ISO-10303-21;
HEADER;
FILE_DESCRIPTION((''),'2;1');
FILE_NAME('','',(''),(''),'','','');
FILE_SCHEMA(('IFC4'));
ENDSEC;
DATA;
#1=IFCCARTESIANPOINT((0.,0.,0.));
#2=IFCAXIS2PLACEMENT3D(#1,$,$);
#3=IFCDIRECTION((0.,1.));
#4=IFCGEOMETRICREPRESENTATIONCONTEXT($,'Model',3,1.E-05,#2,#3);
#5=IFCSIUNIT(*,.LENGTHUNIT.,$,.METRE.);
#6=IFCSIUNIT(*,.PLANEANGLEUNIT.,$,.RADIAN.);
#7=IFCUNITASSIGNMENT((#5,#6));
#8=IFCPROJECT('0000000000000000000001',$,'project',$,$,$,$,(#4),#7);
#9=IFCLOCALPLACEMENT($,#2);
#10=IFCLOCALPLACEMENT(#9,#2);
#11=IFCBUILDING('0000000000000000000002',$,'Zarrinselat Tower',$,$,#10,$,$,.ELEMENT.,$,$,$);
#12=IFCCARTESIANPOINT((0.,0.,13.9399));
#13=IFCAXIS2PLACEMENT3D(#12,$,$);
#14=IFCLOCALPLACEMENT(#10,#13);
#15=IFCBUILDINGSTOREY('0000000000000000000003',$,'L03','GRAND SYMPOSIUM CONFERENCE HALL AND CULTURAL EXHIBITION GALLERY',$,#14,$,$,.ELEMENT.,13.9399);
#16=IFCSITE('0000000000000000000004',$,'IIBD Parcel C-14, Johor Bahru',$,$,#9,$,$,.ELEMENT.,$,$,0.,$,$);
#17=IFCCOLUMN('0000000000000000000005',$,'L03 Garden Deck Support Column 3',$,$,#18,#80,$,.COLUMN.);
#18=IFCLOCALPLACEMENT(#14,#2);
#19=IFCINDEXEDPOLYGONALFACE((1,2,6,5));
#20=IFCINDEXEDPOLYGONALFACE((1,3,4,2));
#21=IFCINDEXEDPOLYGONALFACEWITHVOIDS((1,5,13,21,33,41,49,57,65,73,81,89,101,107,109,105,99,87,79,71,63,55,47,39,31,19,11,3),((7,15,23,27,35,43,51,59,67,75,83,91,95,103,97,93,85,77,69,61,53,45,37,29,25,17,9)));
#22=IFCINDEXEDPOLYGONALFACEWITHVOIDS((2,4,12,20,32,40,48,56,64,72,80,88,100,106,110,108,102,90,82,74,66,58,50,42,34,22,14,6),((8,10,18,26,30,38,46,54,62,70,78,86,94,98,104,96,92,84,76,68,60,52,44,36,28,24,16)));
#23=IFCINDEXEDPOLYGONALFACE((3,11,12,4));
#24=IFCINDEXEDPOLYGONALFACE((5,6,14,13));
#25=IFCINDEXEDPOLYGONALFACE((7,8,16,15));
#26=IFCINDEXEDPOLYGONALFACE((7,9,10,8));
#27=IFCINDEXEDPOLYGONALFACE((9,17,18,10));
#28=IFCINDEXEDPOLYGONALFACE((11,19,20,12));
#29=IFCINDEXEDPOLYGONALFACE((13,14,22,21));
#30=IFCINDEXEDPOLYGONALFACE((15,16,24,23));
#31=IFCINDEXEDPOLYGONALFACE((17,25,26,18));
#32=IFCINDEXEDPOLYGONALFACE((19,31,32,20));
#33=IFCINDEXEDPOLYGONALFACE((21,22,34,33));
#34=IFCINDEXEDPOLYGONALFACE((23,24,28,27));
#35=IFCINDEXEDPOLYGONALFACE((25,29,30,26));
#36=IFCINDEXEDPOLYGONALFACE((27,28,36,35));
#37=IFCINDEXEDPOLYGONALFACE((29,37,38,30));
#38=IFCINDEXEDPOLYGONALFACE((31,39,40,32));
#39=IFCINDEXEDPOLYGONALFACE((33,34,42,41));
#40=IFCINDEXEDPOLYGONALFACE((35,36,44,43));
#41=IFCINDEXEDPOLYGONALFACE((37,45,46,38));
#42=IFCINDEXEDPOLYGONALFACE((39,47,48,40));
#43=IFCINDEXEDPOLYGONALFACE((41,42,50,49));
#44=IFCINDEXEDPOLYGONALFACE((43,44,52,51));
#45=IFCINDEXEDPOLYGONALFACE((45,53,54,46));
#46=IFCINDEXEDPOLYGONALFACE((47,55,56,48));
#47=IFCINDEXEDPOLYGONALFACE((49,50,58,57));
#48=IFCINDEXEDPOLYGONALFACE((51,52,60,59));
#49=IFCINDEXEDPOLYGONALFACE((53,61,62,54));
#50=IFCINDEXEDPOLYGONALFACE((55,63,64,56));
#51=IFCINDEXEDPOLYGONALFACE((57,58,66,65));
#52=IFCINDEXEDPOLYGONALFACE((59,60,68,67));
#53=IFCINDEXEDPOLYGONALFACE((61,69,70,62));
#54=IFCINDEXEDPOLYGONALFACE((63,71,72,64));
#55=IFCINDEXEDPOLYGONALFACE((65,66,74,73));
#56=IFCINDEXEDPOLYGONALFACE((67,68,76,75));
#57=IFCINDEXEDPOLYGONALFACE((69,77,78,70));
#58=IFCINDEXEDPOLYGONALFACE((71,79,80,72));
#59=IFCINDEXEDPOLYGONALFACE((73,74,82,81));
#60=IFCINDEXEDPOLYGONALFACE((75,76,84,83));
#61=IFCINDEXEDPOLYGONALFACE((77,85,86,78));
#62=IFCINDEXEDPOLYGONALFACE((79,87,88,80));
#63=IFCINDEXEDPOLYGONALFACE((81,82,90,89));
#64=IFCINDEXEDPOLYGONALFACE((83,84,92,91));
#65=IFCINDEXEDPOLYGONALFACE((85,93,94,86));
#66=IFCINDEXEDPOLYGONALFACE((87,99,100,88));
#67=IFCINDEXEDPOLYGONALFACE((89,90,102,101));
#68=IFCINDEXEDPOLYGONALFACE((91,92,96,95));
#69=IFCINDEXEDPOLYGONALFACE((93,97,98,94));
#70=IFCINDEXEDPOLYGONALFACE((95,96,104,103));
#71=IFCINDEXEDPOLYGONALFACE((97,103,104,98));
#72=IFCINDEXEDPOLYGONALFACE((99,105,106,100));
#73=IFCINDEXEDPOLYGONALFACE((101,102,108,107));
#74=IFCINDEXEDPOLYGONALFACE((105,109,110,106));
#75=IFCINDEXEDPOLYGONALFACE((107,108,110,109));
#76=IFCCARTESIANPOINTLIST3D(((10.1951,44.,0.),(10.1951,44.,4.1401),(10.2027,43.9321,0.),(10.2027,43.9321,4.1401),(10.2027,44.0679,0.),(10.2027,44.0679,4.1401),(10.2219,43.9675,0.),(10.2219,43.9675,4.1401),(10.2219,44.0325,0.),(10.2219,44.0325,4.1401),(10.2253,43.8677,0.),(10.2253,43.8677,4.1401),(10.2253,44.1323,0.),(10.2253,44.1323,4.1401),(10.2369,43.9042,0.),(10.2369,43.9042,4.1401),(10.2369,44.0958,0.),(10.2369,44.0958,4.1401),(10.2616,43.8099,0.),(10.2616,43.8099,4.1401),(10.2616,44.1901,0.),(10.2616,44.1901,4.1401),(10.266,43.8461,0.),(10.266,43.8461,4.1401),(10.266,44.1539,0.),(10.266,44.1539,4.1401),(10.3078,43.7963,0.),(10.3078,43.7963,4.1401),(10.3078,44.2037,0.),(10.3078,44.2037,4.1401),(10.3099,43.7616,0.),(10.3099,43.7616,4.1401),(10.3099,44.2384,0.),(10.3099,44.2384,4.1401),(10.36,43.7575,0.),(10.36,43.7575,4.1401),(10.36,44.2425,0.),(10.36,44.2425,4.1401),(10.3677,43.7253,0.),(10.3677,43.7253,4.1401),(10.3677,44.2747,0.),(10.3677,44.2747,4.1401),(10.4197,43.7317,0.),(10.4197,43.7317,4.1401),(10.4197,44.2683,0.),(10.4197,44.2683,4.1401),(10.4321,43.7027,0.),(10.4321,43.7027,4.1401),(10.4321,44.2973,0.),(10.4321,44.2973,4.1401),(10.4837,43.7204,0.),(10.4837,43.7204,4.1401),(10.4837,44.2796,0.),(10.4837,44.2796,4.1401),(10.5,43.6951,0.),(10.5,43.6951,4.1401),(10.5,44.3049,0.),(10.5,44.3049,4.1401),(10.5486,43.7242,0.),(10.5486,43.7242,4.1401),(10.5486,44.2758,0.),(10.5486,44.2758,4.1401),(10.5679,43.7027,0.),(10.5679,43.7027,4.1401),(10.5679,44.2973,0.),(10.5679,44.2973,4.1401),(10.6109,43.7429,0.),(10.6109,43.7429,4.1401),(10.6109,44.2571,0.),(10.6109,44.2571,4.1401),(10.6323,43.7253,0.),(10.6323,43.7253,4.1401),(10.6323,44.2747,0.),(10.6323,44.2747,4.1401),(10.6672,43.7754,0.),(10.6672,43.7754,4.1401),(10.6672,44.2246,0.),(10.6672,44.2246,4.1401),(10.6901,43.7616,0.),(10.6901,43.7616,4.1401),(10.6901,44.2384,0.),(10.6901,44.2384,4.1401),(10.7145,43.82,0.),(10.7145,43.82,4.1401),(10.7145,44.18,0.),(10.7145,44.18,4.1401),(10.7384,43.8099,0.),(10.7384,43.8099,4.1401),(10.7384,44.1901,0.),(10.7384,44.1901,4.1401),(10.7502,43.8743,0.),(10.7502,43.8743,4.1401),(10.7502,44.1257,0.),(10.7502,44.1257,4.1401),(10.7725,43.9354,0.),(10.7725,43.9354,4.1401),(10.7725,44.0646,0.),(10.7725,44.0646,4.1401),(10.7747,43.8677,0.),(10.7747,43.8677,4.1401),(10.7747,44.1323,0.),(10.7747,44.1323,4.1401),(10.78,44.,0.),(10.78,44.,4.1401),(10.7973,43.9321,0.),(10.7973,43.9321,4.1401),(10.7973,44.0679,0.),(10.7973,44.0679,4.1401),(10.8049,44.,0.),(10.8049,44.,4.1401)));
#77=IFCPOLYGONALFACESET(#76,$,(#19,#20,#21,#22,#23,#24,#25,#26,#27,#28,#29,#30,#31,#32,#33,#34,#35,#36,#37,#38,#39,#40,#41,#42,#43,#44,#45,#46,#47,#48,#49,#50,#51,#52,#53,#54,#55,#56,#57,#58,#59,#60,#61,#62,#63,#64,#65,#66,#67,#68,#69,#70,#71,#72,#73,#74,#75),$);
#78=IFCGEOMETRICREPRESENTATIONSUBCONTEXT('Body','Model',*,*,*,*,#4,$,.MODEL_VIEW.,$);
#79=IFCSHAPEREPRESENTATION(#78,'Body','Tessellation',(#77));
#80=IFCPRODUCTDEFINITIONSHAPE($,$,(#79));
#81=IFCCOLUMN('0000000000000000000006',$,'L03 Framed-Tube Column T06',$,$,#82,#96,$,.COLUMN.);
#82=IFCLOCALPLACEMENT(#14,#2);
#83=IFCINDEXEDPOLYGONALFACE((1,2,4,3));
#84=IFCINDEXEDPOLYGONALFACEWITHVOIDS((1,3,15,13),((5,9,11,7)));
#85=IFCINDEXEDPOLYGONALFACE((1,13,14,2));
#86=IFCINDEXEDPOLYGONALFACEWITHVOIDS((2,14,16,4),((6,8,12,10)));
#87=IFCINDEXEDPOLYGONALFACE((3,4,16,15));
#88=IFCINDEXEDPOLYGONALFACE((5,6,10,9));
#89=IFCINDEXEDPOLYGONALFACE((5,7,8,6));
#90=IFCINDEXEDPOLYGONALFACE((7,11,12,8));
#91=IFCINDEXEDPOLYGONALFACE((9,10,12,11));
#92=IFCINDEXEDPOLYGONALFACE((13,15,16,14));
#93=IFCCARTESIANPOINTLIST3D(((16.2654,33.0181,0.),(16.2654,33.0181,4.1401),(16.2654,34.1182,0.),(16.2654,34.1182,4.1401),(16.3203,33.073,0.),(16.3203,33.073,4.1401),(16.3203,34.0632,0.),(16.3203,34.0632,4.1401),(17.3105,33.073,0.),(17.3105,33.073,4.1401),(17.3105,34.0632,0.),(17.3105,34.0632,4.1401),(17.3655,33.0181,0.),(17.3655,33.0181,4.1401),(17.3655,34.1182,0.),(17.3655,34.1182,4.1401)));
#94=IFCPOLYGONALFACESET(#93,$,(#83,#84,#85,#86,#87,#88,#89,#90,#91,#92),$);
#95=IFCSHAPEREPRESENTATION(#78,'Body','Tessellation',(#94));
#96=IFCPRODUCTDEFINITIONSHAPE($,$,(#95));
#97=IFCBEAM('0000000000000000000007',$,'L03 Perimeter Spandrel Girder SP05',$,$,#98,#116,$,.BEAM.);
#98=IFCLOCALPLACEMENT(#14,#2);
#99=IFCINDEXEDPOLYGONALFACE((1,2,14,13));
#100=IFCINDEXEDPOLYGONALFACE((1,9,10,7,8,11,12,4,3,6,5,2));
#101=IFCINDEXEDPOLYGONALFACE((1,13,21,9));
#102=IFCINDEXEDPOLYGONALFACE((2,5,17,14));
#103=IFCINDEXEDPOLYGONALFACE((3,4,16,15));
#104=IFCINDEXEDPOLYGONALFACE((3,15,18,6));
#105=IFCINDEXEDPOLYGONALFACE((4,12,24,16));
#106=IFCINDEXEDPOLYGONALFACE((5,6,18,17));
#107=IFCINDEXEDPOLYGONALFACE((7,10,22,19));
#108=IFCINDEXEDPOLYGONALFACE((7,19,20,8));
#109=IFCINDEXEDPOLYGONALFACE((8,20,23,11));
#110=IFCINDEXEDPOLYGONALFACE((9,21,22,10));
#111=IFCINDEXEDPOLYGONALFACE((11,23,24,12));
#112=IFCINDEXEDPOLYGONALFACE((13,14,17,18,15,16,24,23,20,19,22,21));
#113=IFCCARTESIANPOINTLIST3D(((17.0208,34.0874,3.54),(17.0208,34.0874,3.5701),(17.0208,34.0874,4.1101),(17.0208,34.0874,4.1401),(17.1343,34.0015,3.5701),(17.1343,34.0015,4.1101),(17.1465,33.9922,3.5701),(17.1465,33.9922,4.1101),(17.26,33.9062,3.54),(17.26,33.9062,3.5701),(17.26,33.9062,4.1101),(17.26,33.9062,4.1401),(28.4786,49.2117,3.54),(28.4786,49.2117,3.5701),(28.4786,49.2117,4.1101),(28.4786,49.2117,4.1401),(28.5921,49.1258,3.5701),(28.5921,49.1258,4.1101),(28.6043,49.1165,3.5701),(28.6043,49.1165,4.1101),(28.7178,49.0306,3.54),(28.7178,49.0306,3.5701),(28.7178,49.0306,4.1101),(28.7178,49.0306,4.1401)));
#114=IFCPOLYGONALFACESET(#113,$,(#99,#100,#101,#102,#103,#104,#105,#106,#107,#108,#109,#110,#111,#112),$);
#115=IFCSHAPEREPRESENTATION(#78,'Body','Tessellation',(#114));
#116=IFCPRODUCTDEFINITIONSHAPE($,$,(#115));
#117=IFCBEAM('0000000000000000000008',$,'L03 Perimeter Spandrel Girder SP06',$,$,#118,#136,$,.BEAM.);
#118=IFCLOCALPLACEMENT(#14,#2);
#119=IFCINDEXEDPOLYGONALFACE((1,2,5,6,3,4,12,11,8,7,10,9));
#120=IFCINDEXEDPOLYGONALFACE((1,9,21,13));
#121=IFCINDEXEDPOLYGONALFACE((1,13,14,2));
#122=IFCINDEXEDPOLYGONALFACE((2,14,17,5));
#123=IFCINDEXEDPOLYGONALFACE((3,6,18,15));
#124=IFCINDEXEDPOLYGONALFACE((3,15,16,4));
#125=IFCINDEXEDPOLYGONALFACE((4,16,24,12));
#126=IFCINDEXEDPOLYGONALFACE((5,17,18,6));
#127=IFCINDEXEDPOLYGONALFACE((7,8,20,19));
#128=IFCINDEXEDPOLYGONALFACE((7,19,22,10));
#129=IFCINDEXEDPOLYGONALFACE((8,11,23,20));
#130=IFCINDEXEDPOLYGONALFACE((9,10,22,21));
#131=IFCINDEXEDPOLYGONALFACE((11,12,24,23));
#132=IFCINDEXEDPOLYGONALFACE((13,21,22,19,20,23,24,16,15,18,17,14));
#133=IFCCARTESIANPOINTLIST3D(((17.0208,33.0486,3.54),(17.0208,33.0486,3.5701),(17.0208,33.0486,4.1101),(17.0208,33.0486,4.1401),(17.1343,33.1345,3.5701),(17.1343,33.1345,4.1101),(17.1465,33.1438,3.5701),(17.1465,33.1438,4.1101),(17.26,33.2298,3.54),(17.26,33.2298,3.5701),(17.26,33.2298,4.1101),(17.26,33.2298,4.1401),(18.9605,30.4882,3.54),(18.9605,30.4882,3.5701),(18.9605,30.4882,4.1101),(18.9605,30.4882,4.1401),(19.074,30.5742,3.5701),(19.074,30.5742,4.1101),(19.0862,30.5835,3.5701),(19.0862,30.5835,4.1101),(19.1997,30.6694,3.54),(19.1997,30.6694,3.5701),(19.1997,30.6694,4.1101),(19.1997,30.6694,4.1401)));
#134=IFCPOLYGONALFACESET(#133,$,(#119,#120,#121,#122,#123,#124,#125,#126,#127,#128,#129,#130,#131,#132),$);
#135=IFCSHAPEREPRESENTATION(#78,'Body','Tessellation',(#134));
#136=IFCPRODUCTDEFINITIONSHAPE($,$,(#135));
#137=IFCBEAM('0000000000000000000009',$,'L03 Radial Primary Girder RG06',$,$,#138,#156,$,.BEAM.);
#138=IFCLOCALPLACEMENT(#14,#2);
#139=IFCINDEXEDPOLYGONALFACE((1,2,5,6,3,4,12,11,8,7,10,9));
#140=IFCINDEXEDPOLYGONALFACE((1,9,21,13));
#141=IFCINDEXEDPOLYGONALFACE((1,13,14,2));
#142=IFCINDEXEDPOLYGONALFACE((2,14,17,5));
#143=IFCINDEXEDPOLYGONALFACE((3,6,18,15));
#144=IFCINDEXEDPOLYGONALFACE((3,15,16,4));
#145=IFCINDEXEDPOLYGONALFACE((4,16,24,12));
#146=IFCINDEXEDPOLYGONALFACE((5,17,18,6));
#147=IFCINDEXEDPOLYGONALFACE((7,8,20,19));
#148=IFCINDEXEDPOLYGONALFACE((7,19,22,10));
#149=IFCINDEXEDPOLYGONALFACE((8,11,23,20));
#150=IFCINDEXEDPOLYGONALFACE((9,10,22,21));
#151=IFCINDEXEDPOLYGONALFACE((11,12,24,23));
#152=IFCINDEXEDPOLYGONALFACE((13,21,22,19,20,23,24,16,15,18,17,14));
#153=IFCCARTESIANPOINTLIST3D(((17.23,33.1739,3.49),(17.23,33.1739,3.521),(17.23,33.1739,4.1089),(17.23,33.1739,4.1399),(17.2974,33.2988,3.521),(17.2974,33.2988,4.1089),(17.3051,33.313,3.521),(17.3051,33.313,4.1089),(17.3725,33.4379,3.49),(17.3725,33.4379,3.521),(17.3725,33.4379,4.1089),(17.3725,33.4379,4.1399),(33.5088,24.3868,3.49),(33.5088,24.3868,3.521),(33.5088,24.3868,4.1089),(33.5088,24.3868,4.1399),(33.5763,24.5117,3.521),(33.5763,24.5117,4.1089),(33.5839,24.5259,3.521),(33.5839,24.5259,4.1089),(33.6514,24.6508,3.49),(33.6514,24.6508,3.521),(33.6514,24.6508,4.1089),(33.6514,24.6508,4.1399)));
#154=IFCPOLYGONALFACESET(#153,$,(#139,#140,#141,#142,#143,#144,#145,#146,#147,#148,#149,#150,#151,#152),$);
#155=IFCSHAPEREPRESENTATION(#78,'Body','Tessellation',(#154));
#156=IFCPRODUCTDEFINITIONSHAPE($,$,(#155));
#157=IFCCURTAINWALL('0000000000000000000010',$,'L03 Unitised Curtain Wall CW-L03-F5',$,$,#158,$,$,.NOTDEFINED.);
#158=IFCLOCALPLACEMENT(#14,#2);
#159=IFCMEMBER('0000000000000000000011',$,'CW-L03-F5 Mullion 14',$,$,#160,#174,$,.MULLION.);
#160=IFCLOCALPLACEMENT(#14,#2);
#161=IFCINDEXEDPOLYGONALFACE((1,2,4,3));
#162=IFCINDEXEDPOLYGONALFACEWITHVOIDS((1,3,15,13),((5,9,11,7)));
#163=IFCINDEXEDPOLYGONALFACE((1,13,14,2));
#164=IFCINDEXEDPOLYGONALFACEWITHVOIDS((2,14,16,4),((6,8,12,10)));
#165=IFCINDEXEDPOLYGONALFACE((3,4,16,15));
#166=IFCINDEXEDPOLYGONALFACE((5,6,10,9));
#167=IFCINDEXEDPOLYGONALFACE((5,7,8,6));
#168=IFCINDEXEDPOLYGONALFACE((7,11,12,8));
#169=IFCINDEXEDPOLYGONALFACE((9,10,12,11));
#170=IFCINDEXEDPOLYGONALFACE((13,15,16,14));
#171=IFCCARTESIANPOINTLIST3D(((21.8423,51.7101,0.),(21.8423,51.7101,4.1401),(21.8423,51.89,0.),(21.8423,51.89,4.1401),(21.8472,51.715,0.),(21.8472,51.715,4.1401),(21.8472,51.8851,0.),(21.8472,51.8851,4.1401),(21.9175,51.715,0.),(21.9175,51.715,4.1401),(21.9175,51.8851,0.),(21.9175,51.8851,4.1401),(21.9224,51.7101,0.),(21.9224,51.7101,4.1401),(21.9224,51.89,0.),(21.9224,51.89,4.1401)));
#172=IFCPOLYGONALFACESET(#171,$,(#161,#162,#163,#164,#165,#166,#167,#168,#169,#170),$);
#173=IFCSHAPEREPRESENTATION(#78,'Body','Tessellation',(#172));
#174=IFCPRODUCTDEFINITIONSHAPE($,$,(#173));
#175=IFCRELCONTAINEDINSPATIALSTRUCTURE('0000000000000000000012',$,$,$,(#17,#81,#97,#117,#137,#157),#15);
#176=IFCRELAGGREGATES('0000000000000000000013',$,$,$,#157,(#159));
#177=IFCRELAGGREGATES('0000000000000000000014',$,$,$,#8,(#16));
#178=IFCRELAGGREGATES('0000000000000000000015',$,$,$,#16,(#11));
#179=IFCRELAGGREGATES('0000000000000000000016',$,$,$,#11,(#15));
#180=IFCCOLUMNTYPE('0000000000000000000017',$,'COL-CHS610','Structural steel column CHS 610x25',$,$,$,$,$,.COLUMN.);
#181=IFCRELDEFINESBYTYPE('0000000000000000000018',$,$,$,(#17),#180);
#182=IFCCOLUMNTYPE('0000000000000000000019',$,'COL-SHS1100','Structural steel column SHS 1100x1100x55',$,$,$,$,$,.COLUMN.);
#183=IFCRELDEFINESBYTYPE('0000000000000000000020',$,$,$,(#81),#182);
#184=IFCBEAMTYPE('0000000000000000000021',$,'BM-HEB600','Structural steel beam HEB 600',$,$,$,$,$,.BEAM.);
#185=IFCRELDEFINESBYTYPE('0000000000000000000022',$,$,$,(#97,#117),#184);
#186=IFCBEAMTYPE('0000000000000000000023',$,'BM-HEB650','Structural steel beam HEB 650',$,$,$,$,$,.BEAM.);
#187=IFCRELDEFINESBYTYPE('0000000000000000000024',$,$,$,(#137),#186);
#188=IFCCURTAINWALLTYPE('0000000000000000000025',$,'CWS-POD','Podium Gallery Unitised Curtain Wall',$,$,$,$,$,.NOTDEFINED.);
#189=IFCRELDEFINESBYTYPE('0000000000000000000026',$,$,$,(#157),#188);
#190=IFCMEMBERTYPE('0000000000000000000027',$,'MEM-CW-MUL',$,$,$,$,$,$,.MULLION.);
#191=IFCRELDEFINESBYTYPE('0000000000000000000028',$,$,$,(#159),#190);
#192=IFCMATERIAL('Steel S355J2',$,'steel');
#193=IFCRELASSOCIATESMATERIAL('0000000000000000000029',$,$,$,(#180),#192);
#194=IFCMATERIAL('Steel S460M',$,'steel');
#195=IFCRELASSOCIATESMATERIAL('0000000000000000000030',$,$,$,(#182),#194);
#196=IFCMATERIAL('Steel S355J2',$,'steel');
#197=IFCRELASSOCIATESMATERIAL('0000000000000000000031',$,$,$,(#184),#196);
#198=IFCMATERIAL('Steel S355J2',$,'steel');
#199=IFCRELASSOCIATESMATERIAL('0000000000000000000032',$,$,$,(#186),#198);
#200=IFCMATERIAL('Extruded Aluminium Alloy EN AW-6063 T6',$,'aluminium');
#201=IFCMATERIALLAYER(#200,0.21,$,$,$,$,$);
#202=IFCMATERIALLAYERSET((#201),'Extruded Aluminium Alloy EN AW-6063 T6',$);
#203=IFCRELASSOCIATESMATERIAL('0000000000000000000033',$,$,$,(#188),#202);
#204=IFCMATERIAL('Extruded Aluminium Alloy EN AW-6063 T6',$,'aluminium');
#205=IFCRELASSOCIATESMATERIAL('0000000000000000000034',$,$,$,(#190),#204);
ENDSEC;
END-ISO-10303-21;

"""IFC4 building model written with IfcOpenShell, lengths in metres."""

from ifc_helpers import new_model, si_unit, direction, frame, origin, origin_2d, place, context, subcontext, project, spatial, hollow_rectangle, hollow_circle, i_section, extrude, material, layer, layer_set, material_profile, profile_set, type_object, element, aggregate, save


model = new_model("IFC4")

# Units and contexts
model_context = context("Model", 3, precision=1e-05, world=origin(), true_north=direction((0.0, 1.0)))
body_context = subcontext(model_context, "Body", "Model", "MODEL_VIEW")
ifc_project = project(units=[si_unit("LENGTHUNIT", "METRE"), si_unit("PLANEANGLEUNIT", "RADIAN")], contexts=[model_context])

# Site, building, storey
site_placement = place(None, origin())
site = spatial("IfcSite", under=ifc_project, at=site_placement, Name="IIBD Parcel C-14, Johor Bahru", CompositionType="ELEMENT", RefElevation=0.0)
building_placement = place(site_placement, origin())
building = spatial("IfcBuilding", under=site, at=building_placement, Name="Zarrinselat Tower", CompositionType="ELEMENT")
storey_placement = place(building_placement, frame((0.0, 0.0, 13.9399)))
storey = spatial("IfcBuildingStorey", under=building, at=storey_placement, Name="L03", Description="GRAND SYMPOSIUM CONFERENCE HALL AND CULTURAL EXHIBITION GALLERY", CompositionType="ELEMENT", Elevation=13.9399)

# Columns
ifc_material_1 = material(Name="Steel S355J2", Category="steel")
ifc_material_profile_1 = material_profile(ifc_material_1, hollow_circle(Radius=0.3049, WallThickness=0.0249, at=origin_2d()), Name="CHS 610x25")
ifc_profile_set_1 = profile_set([ifc_material_profile_1], Name="Steel S355J2")
column_type_1 = type_object("IfcColumnType", Name="COL-CHS610", Description="Structural steel column CHS 610x25", PredefinedType="COLUMN", material=ifc_profile_set_1)
column_1_placement = place(storey_placement, frame((10.5, 44.0, 0.0), z_axis=(0.0, 0.0, 1.0), x_axis=(1.0, 0.0, 0.0)))
element("IfcColumn", 1, at=column_1_placement, inside=storey, type_object=column_type_1, Name="L03 Garden Deck Support Column 3", PredefinedType="COLUMN", context=body_context, shape_type="SweptSolid", body=[
    extrude(hollow_circle(Radius=0.3049, WallThickness=0.0249, at=origin_2d()), origin(), (0.0, 0.0, 1.0), 4.1401),
])
ifc_material_2 = material(Name="Steel S460M", Category="steel")
ifc_material_profile_2 = material_profile(ifc_material_2, hollow_rectangle(XDim=1.1001, YDim=1.1001, WallThickness=0.0549, at=origin_2d()), Name="SHS 1100x1100x55")
ifc_profile_set_2 = profile_set([ifc_material_profile_2], Name="Steel S460M")
column_type_2 = type_object("IfcColumnType", Name="COL-SHS1100", Description="Structural steel column SHS 1100x1100x55", PredefinedType="COLUMN", material=ifc_profile_set_2)
column_2_placement = place(storey_placement, frame((16.8154, 33.5681, 0.0), z_axis=(0.0, 0.0, 1.0), x_axis=(1.0, 0.0, 0.0)))
element("IfcColumn", 2, at=column_2_placement, inside=storey, type_object=column_type_2, Name="L03 Framed-Tube Column T06", PredefinedType="COLUMN", context=body_context, shape_type="SweptSolid", body=[
    extrude(hollow_rectangle(XDim=1.1001, YDim=1.1001, WallThickness=0.0549, at=origin_2d()), origin(), (0.0, 0.0, 1.0), 4.1401),
])

# Beams
ifc_material_3 = material(Name="Steel S355J2", Category="steel")
ifc_material_profile_3 = material_profile(ifc_material_3, i_section(OverallWidth=0.3, OverallDepth=0.6001, WebThickness=0.0154, FlangeThickness=0.03, at=origin_2d()), Name="HEB 600")
ifc_profile_set_3 = profile_set([ifc_material_profile_3], Name="Steel S355J2")
beam_type_1 = type_object("IfcBeamType", Name="BM-HEB600", Description="Structural steel beam HEB 600", PredefinedType="BEAM", material=ifc_profile_set_3)
beam_1_placement = place(storey_placement, frame((17.1404, 33.9968, 3.8401), z_axis=(0.603857, 0.797093, 0.0), x_axis=(-0.797093, 0.603857, 0.0)))
element("IfcBeam", 3, at=beam_1_placement, inside=storey, type_object=beam_type_1, Name="L03 Perimeter Spandrel Girder SP05", PredefinedType="BEAM", context=body_context, shape_type="SweptSolid", body=[
    extrude(i_section(OverallWidth=0.3, OverallDepth=0.6001, WebThickness=0.0154, FlangeThickness=0.03, at=origin_2d()), origin(), (0.0, 0.0, 1.0), 18.9744),
])
beam_2_placement = place(storey_placement, frame((17.1404, 33.1392, 3.8401), z_axis=(0.603872, -0.797081, 0.0), x_axis=(0.797081, 0.603872, 0.0)))
element("IfcBeam", 4, at=beam_2_placement, inside=storey, type_object=beam_type_1, Name="L03 Perimeter Spandrel Girder SP06", PredefinedType="BEAM", context=body_context, shape_type="SweptSolid", body=[
    extrude(i_section(OverallWidth=0.3, OverallDepth=0.6001, WebThickness=0.0154, FlangeThickness=0.03, at=origin_2d()), origin(), (0.0, 0.0, 1.0), 3.2122),
])
ifc_material_4 = material(Name="Steel S355J2", Category="steel")
ifc_material_profile_4 = material_profile(ifc_material_4, i_section(OverallWidth=0.3, OverallDepth=0.6499, WebThickness=0.0161, FlangeThickness=0.031, at=origin_2d()), Name="HEB 650")
ifc_profile_set_4 = profile_set([ifc_material_profile_4], Name="Steel S355J2")
beam_type_2 = type_object("IfcBeamType", Name="BM-HEB650", Description="Structural steel beam HEB 650", PredefinedType="BEAM", material=ifc_profile_set_4)
beam_3_placement = place(storey_placement, frame((17.3013, 33.3059, 3.8149), z_axis=(0.879983, -0.475005, 0.0), x_axis=(0.475005, 0.879983, 0.0)))
element("IfcBeam", 5, at=beam_3_placement, inside=storey, type_object=beam_type_2, Name="L03 Radial Primary Girder RG06", PredefinedType="BEAM", context=body_context, shape_type="SweptSolid", body=[
    extrude(i_section(OverallWidth=0.3, OverallDepth=0.6499, WebThickness=0.0161, FlangeThickness=0.031, at=origin_2d()), origin(), (0.0, 0.0, 1.0), 18.499),
])

# Curtain wall, member
ifc_material_5 = material(Name="Extruded Aluminium Alloy EN AW-6063 T6", Category="aluminium")
ifc_layer_1 = layer(ifc_material_5, 0.21)
ifc_layer_set_1 = layer_set([ifc_layer_1], Name="Extruded Aluminium Alloy EN AW-6063 T6")
curtain_wall_type = type_object("IfcCurtainWallType", Name="CWS-POD", Description="Podium Gallery Unitised Curtain Wall", PredefinedType="NOTDEFINED", material=ifc_layer_set_1)
curtain_wall_placement = place(storey_placement, origin())
curtain_wall = element("IfcCurtainWall", 6, at=curtain_wall_placement, inside=storey, type_object=curtain_wall_type, Name="L03 Unitised Curtain Wall CW-L03-F5", PredefinedType="NOTDEFINED")
ifc_material_6 = material(Name="Extruded Aluminium Alloy EN AW-6063 T6", Category="aluminium")
ifc_material_profile_5 = material_profile(ifc_material_6, hollow_rectangle(XDim=0.0801, YDim=0.1799, WallThickness=0.0049, at=origin_2d()), Name="RHS 180x80x5")
ifc_profile_set_5 = profile_set([ifc_material_profile_5], Name="Extruded Aluminium Alloy EN AW-6063 T6")
member_type = type_object("IfcMemberType", Name="MEM-CW-MUL", PredefinedType="MULLION", material=ifc_profile_set_5)
member_1_placement = place(storey_placement, frame((21.8823, 51.8, 0.0), z_axis=(0.0, 0.0, 1.0), x_axis=(-1.0, 0.0, 0.0)))
member_1 = element("IfcMember", 7, at=member_1_placement, type_object=member_type, Name="CW-L03-F5 Mullion 14", PredefinedType="MULLION", context=body_context, shape_type="SweptSolid", body=[
    extrude(hollow_rectangle(XDim=0.0801, YDim=0.1799, WallThickness=0.0049, at=origin_2d()), origin(), (0.0, 0.0, 1.0), 4.1401),
])
aggregate(curtain_wall, [member_1])

save(model, "model.ifc")
